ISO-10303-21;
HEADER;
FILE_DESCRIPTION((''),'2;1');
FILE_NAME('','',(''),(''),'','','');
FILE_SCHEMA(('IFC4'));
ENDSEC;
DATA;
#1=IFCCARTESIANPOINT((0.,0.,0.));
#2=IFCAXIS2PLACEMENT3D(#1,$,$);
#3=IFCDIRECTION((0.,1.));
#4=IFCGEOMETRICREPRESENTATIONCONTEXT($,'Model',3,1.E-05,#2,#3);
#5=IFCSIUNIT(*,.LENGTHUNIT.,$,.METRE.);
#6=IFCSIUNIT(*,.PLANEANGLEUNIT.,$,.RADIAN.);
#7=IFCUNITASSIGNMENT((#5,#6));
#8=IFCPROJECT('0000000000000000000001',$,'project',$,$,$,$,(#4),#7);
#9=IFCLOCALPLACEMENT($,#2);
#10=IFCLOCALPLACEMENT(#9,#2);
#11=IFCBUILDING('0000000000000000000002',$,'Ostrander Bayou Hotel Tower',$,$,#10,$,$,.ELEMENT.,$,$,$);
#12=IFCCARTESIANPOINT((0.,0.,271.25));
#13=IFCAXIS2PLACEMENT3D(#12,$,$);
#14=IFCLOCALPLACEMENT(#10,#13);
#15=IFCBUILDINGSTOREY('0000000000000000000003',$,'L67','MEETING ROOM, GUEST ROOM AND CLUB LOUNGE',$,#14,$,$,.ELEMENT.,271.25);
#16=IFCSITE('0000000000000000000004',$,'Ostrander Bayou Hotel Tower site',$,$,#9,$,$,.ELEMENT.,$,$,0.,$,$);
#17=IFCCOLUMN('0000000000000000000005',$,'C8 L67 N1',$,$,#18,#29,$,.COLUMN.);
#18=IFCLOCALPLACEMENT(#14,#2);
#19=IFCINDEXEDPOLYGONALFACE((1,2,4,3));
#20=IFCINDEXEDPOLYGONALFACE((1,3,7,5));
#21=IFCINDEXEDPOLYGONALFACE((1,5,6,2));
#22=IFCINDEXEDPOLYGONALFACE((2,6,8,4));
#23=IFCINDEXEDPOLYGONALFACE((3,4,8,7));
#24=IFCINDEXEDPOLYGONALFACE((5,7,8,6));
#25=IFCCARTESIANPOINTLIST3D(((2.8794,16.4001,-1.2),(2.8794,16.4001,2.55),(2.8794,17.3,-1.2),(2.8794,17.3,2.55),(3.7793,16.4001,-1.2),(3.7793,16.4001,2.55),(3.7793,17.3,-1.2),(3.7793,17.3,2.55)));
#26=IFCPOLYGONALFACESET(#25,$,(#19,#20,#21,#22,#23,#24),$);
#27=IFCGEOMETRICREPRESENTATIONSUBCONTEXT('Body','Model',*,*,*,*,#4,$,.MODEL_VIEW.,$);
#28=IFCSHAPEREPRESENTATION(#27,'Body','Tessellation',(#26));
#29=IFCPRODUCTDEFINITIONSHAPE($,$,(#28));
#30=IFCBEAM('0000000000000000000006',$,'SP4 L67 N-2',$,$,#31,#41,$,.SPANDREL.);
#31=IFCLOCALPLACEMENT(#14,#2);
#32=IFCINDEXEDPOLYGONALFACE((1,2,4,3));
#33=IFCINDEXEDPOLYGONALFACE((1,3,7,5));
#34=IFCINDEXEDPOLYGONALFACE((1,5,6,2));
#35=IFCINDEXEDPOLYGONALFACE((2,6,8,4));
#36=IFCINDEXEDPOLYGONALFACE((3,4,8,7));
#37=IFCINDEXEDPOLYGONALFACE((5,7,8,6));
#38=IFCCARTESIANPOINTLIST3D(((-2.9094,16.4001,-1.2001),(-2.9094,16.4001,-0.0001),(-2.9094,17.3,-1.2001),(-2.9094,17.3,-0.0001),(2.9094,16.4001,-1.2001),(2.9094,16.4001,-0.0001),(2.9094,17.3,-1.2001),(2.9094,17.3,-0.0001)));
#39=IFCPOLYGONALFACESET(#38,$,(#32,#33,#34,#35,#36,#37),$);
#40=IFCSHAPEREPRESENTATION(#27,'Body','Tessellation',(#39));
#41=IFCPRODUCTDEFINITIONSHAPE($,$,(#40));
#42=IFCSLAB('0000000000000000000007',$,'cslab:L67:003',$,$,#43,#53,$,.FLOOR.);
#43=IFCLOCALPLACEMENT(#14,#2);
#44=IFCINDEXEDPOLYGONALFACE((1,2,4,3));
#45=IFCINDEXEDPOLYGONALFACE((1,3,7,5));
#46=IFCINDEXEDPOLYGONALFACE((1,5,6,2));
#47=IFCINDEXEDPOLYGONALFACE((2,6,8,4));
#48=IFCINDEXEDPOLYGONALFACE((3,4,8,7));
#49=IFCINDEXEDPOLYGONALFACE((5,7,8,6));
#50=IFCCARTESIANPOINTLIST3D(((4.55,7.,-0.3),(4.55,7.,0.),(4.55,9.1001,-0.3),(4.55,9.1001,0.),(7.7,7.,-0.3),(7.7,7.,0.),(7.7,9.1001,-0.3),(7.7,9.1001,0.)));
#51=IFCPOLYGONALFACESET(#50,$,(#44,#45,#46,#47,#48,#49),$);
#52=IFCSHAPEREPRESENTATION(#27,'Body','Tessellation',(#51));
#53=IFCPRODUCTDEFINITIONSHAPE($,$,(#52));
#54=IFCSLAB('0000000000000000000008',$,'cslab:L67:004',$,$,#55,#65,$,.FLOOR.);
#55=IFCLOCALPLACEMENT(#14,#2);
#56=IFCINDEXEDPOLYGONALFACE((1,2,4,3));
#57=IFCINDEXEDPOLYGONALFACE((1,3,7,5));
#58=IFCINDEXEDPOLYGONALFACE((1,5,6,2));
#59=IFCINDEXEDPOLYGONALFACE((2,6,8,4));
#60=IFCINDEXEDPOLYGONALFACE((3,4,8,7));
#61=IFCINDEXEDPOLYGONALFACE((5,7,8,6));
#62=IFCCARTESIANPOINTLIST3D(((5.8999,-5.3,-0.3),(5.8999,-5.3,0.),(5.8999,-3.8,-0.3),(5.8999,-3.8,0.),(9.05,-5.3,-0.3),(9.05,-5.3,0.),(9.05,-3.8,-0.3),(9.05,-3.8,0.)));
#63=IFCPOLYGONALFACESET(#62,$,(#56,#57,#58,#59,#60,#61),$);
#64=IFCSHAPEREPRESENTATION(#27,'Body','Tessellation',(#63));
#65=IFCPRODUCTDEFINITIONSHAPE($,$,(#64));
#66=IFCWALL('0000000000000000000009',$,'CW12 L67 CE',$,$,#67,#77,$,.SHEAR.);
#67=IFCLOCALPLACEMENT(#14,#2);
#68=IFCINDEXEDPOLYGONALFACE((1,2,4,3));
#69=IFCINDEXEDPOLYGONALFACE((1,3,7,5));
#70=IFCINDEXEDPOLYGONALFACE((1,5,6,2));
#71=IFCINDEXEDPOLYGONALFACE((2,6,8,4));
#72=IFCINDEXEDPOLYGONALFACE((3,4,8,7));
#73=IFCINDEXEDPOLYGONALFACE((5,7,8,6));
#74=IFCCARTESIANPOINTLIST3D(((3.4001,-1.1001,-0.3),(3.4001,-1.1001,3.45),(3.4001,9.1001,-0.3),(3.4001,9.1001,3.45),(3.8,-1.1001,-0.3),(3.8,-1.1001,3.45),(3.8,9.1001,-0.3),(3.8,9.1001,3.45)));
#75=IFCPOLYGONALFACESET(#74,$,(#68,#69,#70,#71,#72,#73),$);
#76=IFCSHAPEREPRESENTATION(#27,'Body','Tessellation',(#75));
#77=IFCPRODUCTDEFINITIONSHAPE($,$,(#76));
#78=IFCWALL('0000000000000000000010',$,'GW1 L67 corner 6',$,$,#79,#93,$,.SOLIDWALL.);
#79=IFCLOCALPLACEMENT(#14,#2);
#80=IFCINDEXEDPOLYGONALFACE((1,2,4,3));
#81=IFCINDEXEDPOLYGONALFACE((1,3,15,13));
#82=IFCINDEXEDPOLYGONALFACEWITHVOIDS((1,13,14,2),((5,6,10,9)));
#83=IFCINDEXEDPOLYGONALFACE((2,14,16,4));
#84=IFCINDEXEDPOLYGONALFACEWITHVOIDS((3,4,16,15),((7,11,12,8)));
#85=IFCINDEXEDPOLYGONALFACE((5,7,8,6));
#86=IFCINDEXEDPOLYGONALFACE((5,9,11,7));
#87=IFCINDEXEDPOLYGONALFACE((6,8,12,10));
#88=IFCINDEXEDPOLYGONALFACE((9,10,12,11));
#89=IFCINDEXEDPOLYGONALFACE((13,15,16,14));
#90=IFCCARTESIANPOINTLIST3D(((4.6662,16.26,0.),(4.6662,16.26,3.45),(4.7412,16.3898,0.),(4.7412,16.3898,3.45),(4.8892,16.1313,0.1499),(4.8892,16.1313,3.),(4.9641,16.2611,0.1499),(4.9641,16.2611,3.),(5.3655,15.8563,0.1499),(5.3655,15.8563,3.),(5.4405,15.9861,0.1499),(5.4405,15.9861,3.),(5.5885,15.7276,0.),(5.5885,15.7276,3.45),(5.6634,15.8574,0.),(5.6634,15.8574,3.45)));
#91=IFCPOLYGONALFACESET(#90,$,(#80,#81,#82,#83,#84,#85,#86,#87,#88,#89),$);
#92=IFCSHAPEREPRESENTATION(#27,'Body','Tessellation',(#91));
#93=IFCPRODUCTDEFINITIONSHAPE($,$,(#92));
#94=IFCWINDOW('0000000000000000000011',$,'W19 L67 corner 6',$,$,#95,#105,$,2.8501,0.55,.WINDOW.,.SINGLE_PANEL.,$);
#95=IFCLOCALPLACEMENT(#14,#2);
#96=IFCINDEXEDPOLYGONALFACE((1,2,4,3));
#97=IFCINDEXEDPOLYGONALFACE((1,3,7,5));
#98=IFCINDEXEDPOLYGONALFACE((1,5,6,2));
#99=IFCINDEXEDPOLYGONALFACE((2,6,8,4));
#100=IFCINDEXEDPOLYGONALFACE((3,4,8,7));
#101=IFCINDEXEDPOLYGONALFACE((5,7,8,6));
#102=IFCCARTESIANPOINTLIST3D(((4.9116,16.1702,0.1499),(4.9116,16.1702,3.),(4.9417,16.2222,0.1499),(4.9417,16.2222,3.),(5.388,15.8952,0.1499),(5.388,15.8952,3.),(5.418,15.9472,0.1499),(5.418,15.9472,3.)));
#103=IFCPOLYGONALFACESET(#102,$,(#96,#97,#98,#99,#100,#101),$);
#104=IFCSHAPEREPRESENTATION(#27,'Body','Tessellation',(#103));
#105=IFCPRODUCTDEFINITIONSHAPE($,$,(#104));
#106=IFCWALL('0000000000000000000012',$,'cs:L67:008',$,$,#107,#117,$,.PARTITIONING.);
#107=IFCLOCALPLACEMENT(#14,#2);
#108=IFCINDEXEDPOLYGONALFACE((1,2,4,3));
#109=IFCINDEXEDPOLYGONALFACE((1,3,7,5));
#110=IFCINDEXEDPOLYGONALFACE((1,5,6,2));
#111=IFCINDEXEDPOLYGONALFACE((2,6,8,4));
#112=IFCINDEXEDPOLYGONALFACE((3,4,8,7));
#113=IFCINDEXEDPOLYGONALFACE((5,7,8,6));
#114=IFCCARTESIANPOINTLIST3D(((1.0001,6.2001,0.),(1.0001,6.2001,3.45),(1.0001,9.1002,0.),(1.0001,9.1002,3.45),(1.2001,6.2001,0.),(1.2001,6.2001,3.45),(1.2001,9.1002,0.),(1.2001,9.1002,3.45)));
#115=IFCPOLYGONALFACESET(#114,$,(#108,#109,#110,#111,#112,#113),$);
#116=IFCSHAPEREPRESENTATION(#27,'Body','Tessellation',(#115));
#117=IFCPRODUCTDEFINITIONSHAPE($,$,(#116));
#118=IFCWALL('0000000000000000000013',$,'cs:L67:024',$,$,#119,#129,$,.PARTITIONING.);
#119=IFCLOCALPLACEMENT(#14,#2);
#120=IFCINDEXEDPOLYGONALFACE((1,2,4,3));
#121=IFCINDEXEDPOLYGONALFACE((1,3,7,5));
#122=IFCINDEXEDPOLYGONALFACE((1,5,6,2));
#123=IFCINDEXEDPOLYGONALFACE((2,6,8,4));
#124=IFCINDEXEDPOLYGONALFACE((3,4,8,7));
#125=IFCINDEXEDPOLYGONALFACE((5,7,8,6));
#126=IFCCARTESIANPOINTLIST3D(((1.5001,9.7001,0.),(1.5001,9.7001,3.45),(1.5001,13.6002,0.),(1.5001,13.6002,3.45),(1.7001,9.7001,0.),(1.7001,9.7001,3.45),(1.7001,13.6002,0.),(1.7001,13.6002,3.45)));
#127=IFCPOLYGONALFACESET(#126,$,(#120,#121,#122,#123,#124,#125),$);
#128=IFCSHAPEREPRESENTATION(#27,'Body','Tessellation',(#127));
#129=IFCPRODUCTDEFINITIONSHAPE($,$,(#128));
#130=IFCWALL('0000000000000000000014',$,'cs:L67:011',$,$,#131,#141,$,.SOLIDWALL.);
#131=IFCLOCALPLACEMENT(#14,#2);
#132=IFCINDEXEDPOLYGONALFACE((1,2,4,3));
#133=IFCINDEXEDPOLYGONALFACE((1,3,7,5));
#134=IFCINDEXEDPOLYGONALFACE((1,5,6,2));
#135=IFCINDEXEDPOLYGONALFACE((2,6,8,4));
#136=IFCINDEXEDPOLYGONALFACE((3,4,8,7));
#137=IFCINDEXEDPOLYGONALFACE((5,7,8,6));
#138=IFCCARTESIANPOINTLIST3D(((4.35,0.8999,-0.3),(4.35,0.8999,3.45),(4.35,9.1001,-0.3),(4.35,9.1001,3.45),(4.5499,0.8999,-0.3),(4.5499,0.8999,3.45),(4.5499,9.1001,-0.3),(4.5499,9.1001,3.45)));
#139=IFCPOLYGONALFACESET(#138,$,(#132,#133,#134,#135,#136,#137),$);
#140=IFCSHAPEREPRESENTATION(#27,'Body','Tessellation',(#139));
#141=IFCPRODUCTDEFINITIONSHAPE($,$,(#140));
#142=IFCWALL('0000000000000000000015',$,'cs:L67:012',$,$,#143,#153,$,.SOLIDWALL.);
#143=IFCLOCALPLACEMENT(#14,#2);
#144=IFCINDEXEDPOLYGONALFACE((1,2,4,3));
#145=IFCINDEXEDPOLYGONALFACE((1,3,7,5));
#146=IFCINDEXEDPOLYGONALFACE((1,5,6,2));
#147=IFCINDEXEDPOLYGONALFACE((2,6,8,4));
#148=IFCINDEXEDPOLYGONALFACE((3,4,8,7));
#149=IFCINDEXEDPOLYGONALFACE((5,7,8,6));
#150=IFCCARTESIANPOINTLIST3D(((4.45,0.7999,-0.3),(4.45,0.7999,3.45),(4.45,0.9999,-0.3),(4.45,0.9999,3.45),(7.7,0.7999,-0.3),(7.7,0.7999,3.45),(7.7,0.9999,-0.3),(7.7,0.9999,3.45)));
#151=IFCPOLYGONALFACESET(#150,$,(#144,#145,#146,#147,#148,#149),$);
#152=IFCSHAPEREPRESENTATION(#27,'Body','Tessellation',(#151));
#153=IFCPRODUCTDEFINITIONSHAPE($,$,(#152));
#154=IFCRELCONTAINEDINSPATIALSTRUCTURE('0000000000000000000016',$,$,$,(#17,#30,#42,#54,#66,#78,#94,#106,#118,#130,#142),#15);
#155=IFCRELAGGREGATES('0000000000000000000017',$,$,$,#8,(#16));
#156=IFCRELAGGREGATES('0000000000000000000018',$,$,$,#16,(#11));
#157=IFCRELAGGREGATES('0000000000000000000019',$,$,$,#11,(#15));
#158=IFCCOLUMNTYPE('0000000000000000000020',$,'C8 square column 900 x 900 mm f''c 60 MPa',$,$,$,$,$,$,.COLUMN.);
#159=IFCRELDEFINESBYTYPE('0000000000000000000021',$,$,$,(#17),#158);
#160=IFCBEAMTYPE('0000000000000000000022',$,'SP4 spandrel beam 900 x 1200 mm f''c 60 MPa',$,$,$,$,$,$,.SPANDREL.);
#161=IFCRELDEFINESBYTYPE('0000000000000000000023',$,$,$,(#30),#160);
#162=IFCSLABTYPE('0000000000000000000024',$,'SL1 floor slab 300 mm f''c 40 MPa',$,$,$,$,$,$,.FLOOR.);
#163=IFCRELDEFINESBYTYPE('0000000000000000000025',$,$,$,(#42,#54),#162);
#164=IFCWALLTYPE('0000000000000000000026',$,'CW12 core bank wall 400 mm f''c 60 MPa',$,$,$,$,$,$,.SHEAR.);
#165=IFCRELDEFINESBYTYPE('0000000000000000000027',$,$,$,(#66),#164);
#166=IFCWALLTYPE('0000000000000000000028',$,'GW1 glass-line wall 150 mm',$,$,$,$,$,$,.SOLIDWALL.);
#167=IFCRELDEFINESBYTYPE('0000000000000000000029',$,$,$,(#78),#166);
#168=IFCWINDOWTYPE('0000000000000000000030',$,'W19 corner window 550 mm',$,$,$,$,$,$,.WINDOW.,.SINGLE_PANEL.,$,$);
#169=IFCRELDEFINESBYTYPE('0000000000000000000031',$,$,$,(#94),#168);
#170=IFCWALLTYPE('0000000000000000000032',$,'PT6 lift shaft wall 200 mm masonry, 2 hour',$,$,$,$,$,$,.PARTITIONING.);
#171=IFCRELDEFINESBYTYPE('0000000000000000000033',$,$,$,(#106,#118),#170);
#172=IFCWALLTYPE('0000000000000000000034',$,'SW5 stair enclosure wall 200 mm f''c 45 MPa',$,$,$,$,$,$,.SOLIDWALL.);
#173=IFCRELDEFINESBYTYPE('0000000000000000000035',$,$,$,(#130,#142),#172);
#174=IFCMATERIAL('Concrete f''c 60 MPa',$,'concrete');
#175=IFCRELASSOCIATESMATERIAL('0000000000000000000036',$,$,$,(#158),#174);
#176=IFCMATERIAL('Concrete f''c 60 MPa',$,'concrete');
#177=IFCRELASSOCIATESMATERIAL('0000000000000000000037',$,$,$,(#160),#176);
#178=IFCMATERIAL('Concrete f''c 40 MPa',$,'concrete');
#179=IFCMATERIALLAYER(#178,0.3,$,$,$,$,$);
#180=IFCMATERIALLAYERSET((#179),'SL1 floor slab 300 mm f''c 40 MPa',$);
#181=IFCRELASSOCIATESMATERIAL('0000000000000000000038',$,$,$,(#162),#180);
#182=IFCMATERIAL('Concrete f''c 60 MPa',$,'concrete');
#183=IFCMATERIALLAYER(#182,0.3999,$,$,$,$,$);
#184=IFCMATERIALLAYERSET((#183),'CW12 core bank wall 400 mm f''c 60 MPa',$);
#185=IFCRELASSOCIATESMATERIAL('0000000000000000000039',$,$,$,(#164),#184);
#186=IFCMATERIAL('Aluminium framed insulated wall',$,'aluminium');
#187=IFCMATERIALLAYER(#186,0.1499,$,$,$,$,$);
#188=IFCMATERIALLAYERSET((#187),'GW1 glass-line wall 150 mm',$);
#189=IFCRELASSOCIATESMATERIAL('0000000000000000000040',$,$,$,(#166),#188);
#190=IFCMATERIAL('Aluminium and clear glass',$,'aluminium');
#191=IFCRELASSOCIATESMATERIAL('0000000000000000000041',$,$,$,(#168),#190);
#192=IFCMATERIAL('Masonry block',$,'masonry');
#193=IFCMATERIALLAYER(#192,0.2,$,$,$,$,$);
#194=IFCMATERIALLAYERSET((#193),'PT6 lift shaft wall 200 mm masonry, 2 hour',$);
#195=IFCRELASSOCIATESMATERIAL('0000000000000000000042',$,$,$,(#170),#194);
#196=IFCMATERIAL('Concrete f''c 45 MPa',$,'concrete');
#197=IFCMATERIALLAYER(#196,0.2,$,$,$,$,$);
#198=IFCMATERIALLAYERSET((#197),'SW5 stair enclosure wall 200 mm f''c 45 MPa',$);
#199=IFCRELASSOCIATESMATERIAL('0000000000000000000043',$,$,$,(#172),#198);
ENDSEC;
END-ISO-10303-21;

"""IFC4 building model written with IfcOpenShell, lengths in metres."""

from ifc_helpers import new_model, si_unit, direction, frame, frame_2d, origin, origin_2d, place, context, subcontext, project, spatial, polyline, rectangle, outline, extrude, material, layer, layer_set, material_profile, profile_set, type_object, element, fill, save


model = new_model("IFC4")

# Units and contexts
model_context = context("Model", 3, precision=1e-05, world=origin(), true_north=direction((0.0, 1.0)))
body_context = subcontext(model_context, "Body", "Model", "MODEL_VIEW")
ifc_project = project(units=[si_unit("LENGTHUNIT", "METRE"), si_unit("PLANEANGLEUNIT", "RADIAN")], contexts=[model_context])

# Site, building, storey
site_placement = place(None, origin())
site = spatial("IfcSite", under=ifc_project, at=site_placement, Name="Ostrander Bayou Hotel Tower site", CompositionType="ELEMENT", RefElevation=0.0)
building_placement = place(site_placement, origin())
building = spatial("IfcBuilding", under=site, at=building_placement, Name="Ostrander Bayou Hotel Tower", CompositionType="ELEMENT")
storey_placement = place(building_placement, frame((0.0, 0.0, 271.25)))
storey = spatial("IfcBuildingStorey", under=building, at=storey_placement, Name="L67", Description="MEETING ROOM, GUEST ROOM AND CLUB LOUNGE", CompositionType="ELEMENT", Elevation=271.25)

# Column
ifc_material_1 = material(Name="Concrete f'c 60 MPa", Category="concrete")
ifc_material_profile_1 = material_profile(ifc_material_1, rectangle(XDim=0.8999, YDim=0.8999, at=origin_2d()))
ifc_profile_set_1 = profile_set([ifc_material_profile_1], Name="Concrete f'c 60 MPa")
column_type = type_object("IfcColumnType", Name="C8 square column 900 x 900 mm f'c 60 MPa", PredefinedType="COLUMN", material=ifc_profile_set_1)
column_placement = place(storey_placement, frame((3.3293, 16.8501, -1.2), z_axis=(0.0, 0.0, 1.0), x_axis=(1.0, 0.0, 0.0)))
element("IfcColumn", 1, at=column_placement, inside=storey, type_object=column_type, Name="C8 L67 N1", PredefinedType="COLUMN", context=body_context, shape_type="SweptSolid", body=[
    extrude(rectangle(XDim=0.8999, YDim=0.8999, at=origin_2d()), origin(), (0.0, 0.0, 1.0), 3.75),
])

# Beam
ifc_material_2 = material(Name="Concrete f'c 60 MPa", Category="concrete")
ifc_material_profile_2 = material_profile(ifc_material_2, rectangle(XDim=0.8999, YDim=1.2, at=origin_2d()))
ifc_profile_set_2 = profile_set([ifc_material_profile_2], Name="Concrete f'c 60 MPa")
beam_type = type_object("IfcBeamType", Name="SP4 spandrel beam 900 x 1200 mm f'c 60 MPa", PredefinedType="SPANDREL", material=ifc_profile_set_2)
beam_placement = place(storey_placement, frame((2.9094, 16.8501, -0.6001), z_axis=(-1.0, 0.0, 0.0), x_axis=(0.0, -1.0, 0.0)))
element("IfcBeam", 2, at=beam_placement, inside=storey, type_object=beam_type, Name="SP4 L67 N-2", PredefinedType="SPANDREL", context=body_context, shape_type="SweptSolid", body=[
    extrude(rectangle(XDim=0.8999, YDim=1.2, at=origin_2d()), origin(), (0.0, 0.0, 1.0), 5.8188),
])

# Slabs
ifc_material_3 = material(Name="Concrete f'c 40 MPa", Category="concrete")
ifc_layer_1 = layer(ifc_material_3, 0.3)
ifc_layer_set_1 = layer_set([ifc_layer_1], Name="SL1 floor slab 300 mm f'c 40 MPa")
slab_type = type_object("IfcSlabType", Name="SL1 floor slab 300 mm f'c 40 MPa", PredefinedType="FLOOR", material=ifc_layer_set_1)
slab_1_placement = place(storey_placement, frame((0.0, 0.0, -0.3)))
element("IfcSlab", 3, at=slab_1_placement, inside=storey, type_object=slab_type, Name="cslab:L67:003", PredefinedType="FLOOR", context=body_context, shape_type="SweptSolid", body=[
    extrude(outline(polyline([(7.7, 7.0), (7.7, 9.1001), (4.55, 9.1001), (4.55, 7.0), (7.7, 7.0)])), origin(), (0.0, 0.0, 1.0), 0.3),
])
slab_2_placement = place(storey_placement, frame((0.0, 0.0, -0.3)))
element("IfcSlab", 4, at=slab_2_placement, inside=storey, type_object=slab_type, Name="cslab:L67:004", PredefinedType="FLOOR", context=body_context, shape_type="SweptSolid", body=[
    extrude(outline(polyline([(9.05, -5.3), (9.05, -3.8), (5.8999, -3.8), (5.8999, -5.3), (9.05, -5.3)])), origin(), (0.0, 0.0, 1.0), 0.3),
])

# Wall
ifc_material_4 = material(Name="Concrete f'c 60 MPa", Category="concrete")
ifc_layer_2 = layer(ifc_material_4, 0.3999)
ifc_layer_set_2 = layer_set([ifc_layer_2], Name="CW12 core bank wall 400 mm f'c 60 MPa")
wall_type_1 = type_object("IfcWallType", Name="CW12 core bank wall 400 mm f'c 60 MPa", PredefinedType="SHEAR", material=ifc_layer_set_2)
wall_1_placement = place(storey_placement, frame((3.6001, -1.1001, -0.3), z_axis=(0.0, 0.0, 1.0), x_axis=(0.0, 1.0, 0.0)))
element("IfcWall", 5, at=wall_1_placement, inside=storey, type_object=wall_type_1, Name="CW12 L67 CE", PredefinedType="SHEAR", context=body_context, shape_type="SweptSolid", body=[
    extrude(rectangle(XDim=10.2002, YDim=0.3999, at=frame_2d((5.1001, 0.0))), origin(), (0.0, 0.0, 1.0), 3.75),
])

# Wall, opening, window
ifc_material_5 = material(Name="Aluminium framed insulated wall", Category="aluminium")
ifc_layer_3 = layer(ifc_material_5, 0.1499)
ifc_layer_set_3 = layer_set([ifc_layer_3], Name="GW1 glass-line wall 150 mm")
wall_type_2 = type_object("IfcWallType", Name="GW1 glass-line wall 150 mm", PredefinedType="SOLIDWALL", material=ifc_layer_set_3)
wall_2_placement = place(storey_placement, frame((5.626, 15.7925, 0.0), z_axis=(0.0, 0.0, 1.0), x_axis=(-0.866048, 0.499961, 0.0)))
wall_2 = element("IfcWall", 6, at=wall_2_placement, inside=storey, type_object=wall_type_2, Name="GW1 L67 corner 6", PredefinedType="SOLIDWALL", context=body_context, shape_type="SweptSolid", body=[
    extrude(rectangle(XDim=1.0649, YDim=0.1499, at=frame_2d((0.5325, 0.0))), origin(), (0.0, 0.0, 1.0), 3.45),
])
opening_1_placement = place(wall_2_placement, frame((0.2576, 0.0, 0.1499)))
opening_1 = element("IfcOpeningElement", 7, at=opening_1_placement, cuts=wall_2, PredefinedType="OPENING", context=body_context, shape_type="SweptSolid", body=[
    extrude(rectangle(XDim=0.55, YDim=2.8501, at=frame_2d((0.2749, 1.425))), frame((0.0, 0.075, 0.0), z_axis=(0.0, -1.0, 0.0), x_axis=(1.0, 0.0, 0.0)), (0.0, 0.0, 1.0), 0.1499),
])
ifc_material_6 = material(Name="Aluminium and clear glass", Category="aluminium")
window_type_1 = type_object("IfcWindowType", Name="W19 corner window 550 mm", PartitioningType="SINGLE_PANEL", PredefinedType="WINDOW", material=ifc_material_6)
window_1_placement = place(opening_1_placement, origin())
window_1 = element("IfcWindow", 8, at=window_1_placement, inside=storey, type_object=window_type_1, Name="W19 L67 corner 6", OverallHeight=2.8501, OverallWidth=0.55, PartitioningType="SINGLE_PANEL", PredefinedType="WINDOW", context=body_context, shape_type="SweptSolid", body=[
    extrude(rectangle(XDim=0.55, YDim=2.8501, at=frame_2d((0.2749, 1.425))), frame((0.0, 0.03, 0.0), z_axis=(0.0, -1.0, 0.0), x_axis=(1.0, 0.0, 0.0)), (0.0, 0.0, 1.0), 0.0601),
])
fill(opening_1, window_1)

# Shared definitions
ifc_material_7 = material(Name="Masonry block", Category="masonry")
ifc_layer_4 = layer(ifc_material_7, 0.2)
ifc_layer_set_4 = layer_set([ifc_layer_4], Name="PT6 lift shaft wall 200 mm masonry, 2 hour")
wall_type_3 = type_object("IfcWallType", Name="PT6 lift shaft wall 200 mm masonry, 2 hour", PredefinedType="PARTITIONING", material=ifc_layer_set_4)

# Walls
wall_3_placement = place(storey_placement, frame((1.1001, 6.2, 0.0), z_axis=(0.0, 0.0, 1.0), x_axis=(0.0, 1.0, 0.0)))
element("IfcWall", 9, at=wall_3_placement, inside=storey, type_object=wall_type_3, Name="cs:L67:008", PredefinedType="PARTITIONING", context=body_context, shape_type="SweptSolid", body=[
    extrude(rectangle(XDim=2.9001, YDim=0.2, at=frame_2d((1.4502, 0.0))), origin(), (0.0, 0.0, 1.0), 3.45),
])
wall_4_placement = place(storey_placement, frame((1.6001, 9.7, 0.0), z_axis=(0.0, 0.0, 1.0), x_axis=(0.0, 1.0, 0.0)))
element("IfcWall", 10, at=wall_4_placement, inside=storey, type_object=wall_type_3, Name="cs:L67:024", PredefinedType="PARTITIONING", context=body_context, shape_type="SweptSolid", body=[
    extrude(rectangle(XDim=3.9001, YDim=0.2, at=frame_2d((1.9502, 0.0))), origin(), (0.0, 0.0, 1.0), 3.45),
])
ifc_material_8 = material(Name="Concrete f'c 45 MPa", Category="concrete")
ifc_layer_5 = layer(ifc_material_8, 0.2)
ifc_layer_set_5 = layer_set([ifc_layer_5], Name="SW5 stair enclosure wall 200 mm f'c 45 MPa")
wall_type_4 = type_object("IfcWallType", Name="SW5 stair enclosure wall 200 mm f'c 45 MPa", PredefinedType="SOLIDWALL", material=ifc_layer_set_5)
wall_5_placement = place(storey_placement, frame((4.45, 0.8999, -0.3), z_axis=(0.0, 0.0, 1.0), x_axis=(0.0, 1.0, 0.0)))
element("IfcWall", 11, at=wall_5_placement, inside=storey, type_object=wall_type_4, Name="cs:L67:011", PredefinedType="SOLIDWALL", context=body_context, shape_type="SweptSolid", body=[
    extrude(rectangle(XDim=8.2002, YDim=0.2, at=frame_2d((4.1001, 0.0))), origin(), (0.0, 0.0, 1.0), 3.75),
])
wall_6_placement = place(storey_placement, frame((4.45, 0.8999, -0.3), z_axis=(0.0, 0.0, 1.0), x_axis=(1.0, 0.0, 0.0)))
element("IfcWall", 12, at=wall_6_placement, inside=storey, type_object=wall_type_4, Name="cs:L67:012", PredefinedType="SOLIDWALL", context=body_context, shape_type="SweptSolid", body=[
    extrude(rectangle(XDim=3.25, YDim=0.2, at=frame_2d((1.625, 0.0))), origin(), (0.0, 0.0, 1.0), 3.75),
])

save(model, "model.ifc")
